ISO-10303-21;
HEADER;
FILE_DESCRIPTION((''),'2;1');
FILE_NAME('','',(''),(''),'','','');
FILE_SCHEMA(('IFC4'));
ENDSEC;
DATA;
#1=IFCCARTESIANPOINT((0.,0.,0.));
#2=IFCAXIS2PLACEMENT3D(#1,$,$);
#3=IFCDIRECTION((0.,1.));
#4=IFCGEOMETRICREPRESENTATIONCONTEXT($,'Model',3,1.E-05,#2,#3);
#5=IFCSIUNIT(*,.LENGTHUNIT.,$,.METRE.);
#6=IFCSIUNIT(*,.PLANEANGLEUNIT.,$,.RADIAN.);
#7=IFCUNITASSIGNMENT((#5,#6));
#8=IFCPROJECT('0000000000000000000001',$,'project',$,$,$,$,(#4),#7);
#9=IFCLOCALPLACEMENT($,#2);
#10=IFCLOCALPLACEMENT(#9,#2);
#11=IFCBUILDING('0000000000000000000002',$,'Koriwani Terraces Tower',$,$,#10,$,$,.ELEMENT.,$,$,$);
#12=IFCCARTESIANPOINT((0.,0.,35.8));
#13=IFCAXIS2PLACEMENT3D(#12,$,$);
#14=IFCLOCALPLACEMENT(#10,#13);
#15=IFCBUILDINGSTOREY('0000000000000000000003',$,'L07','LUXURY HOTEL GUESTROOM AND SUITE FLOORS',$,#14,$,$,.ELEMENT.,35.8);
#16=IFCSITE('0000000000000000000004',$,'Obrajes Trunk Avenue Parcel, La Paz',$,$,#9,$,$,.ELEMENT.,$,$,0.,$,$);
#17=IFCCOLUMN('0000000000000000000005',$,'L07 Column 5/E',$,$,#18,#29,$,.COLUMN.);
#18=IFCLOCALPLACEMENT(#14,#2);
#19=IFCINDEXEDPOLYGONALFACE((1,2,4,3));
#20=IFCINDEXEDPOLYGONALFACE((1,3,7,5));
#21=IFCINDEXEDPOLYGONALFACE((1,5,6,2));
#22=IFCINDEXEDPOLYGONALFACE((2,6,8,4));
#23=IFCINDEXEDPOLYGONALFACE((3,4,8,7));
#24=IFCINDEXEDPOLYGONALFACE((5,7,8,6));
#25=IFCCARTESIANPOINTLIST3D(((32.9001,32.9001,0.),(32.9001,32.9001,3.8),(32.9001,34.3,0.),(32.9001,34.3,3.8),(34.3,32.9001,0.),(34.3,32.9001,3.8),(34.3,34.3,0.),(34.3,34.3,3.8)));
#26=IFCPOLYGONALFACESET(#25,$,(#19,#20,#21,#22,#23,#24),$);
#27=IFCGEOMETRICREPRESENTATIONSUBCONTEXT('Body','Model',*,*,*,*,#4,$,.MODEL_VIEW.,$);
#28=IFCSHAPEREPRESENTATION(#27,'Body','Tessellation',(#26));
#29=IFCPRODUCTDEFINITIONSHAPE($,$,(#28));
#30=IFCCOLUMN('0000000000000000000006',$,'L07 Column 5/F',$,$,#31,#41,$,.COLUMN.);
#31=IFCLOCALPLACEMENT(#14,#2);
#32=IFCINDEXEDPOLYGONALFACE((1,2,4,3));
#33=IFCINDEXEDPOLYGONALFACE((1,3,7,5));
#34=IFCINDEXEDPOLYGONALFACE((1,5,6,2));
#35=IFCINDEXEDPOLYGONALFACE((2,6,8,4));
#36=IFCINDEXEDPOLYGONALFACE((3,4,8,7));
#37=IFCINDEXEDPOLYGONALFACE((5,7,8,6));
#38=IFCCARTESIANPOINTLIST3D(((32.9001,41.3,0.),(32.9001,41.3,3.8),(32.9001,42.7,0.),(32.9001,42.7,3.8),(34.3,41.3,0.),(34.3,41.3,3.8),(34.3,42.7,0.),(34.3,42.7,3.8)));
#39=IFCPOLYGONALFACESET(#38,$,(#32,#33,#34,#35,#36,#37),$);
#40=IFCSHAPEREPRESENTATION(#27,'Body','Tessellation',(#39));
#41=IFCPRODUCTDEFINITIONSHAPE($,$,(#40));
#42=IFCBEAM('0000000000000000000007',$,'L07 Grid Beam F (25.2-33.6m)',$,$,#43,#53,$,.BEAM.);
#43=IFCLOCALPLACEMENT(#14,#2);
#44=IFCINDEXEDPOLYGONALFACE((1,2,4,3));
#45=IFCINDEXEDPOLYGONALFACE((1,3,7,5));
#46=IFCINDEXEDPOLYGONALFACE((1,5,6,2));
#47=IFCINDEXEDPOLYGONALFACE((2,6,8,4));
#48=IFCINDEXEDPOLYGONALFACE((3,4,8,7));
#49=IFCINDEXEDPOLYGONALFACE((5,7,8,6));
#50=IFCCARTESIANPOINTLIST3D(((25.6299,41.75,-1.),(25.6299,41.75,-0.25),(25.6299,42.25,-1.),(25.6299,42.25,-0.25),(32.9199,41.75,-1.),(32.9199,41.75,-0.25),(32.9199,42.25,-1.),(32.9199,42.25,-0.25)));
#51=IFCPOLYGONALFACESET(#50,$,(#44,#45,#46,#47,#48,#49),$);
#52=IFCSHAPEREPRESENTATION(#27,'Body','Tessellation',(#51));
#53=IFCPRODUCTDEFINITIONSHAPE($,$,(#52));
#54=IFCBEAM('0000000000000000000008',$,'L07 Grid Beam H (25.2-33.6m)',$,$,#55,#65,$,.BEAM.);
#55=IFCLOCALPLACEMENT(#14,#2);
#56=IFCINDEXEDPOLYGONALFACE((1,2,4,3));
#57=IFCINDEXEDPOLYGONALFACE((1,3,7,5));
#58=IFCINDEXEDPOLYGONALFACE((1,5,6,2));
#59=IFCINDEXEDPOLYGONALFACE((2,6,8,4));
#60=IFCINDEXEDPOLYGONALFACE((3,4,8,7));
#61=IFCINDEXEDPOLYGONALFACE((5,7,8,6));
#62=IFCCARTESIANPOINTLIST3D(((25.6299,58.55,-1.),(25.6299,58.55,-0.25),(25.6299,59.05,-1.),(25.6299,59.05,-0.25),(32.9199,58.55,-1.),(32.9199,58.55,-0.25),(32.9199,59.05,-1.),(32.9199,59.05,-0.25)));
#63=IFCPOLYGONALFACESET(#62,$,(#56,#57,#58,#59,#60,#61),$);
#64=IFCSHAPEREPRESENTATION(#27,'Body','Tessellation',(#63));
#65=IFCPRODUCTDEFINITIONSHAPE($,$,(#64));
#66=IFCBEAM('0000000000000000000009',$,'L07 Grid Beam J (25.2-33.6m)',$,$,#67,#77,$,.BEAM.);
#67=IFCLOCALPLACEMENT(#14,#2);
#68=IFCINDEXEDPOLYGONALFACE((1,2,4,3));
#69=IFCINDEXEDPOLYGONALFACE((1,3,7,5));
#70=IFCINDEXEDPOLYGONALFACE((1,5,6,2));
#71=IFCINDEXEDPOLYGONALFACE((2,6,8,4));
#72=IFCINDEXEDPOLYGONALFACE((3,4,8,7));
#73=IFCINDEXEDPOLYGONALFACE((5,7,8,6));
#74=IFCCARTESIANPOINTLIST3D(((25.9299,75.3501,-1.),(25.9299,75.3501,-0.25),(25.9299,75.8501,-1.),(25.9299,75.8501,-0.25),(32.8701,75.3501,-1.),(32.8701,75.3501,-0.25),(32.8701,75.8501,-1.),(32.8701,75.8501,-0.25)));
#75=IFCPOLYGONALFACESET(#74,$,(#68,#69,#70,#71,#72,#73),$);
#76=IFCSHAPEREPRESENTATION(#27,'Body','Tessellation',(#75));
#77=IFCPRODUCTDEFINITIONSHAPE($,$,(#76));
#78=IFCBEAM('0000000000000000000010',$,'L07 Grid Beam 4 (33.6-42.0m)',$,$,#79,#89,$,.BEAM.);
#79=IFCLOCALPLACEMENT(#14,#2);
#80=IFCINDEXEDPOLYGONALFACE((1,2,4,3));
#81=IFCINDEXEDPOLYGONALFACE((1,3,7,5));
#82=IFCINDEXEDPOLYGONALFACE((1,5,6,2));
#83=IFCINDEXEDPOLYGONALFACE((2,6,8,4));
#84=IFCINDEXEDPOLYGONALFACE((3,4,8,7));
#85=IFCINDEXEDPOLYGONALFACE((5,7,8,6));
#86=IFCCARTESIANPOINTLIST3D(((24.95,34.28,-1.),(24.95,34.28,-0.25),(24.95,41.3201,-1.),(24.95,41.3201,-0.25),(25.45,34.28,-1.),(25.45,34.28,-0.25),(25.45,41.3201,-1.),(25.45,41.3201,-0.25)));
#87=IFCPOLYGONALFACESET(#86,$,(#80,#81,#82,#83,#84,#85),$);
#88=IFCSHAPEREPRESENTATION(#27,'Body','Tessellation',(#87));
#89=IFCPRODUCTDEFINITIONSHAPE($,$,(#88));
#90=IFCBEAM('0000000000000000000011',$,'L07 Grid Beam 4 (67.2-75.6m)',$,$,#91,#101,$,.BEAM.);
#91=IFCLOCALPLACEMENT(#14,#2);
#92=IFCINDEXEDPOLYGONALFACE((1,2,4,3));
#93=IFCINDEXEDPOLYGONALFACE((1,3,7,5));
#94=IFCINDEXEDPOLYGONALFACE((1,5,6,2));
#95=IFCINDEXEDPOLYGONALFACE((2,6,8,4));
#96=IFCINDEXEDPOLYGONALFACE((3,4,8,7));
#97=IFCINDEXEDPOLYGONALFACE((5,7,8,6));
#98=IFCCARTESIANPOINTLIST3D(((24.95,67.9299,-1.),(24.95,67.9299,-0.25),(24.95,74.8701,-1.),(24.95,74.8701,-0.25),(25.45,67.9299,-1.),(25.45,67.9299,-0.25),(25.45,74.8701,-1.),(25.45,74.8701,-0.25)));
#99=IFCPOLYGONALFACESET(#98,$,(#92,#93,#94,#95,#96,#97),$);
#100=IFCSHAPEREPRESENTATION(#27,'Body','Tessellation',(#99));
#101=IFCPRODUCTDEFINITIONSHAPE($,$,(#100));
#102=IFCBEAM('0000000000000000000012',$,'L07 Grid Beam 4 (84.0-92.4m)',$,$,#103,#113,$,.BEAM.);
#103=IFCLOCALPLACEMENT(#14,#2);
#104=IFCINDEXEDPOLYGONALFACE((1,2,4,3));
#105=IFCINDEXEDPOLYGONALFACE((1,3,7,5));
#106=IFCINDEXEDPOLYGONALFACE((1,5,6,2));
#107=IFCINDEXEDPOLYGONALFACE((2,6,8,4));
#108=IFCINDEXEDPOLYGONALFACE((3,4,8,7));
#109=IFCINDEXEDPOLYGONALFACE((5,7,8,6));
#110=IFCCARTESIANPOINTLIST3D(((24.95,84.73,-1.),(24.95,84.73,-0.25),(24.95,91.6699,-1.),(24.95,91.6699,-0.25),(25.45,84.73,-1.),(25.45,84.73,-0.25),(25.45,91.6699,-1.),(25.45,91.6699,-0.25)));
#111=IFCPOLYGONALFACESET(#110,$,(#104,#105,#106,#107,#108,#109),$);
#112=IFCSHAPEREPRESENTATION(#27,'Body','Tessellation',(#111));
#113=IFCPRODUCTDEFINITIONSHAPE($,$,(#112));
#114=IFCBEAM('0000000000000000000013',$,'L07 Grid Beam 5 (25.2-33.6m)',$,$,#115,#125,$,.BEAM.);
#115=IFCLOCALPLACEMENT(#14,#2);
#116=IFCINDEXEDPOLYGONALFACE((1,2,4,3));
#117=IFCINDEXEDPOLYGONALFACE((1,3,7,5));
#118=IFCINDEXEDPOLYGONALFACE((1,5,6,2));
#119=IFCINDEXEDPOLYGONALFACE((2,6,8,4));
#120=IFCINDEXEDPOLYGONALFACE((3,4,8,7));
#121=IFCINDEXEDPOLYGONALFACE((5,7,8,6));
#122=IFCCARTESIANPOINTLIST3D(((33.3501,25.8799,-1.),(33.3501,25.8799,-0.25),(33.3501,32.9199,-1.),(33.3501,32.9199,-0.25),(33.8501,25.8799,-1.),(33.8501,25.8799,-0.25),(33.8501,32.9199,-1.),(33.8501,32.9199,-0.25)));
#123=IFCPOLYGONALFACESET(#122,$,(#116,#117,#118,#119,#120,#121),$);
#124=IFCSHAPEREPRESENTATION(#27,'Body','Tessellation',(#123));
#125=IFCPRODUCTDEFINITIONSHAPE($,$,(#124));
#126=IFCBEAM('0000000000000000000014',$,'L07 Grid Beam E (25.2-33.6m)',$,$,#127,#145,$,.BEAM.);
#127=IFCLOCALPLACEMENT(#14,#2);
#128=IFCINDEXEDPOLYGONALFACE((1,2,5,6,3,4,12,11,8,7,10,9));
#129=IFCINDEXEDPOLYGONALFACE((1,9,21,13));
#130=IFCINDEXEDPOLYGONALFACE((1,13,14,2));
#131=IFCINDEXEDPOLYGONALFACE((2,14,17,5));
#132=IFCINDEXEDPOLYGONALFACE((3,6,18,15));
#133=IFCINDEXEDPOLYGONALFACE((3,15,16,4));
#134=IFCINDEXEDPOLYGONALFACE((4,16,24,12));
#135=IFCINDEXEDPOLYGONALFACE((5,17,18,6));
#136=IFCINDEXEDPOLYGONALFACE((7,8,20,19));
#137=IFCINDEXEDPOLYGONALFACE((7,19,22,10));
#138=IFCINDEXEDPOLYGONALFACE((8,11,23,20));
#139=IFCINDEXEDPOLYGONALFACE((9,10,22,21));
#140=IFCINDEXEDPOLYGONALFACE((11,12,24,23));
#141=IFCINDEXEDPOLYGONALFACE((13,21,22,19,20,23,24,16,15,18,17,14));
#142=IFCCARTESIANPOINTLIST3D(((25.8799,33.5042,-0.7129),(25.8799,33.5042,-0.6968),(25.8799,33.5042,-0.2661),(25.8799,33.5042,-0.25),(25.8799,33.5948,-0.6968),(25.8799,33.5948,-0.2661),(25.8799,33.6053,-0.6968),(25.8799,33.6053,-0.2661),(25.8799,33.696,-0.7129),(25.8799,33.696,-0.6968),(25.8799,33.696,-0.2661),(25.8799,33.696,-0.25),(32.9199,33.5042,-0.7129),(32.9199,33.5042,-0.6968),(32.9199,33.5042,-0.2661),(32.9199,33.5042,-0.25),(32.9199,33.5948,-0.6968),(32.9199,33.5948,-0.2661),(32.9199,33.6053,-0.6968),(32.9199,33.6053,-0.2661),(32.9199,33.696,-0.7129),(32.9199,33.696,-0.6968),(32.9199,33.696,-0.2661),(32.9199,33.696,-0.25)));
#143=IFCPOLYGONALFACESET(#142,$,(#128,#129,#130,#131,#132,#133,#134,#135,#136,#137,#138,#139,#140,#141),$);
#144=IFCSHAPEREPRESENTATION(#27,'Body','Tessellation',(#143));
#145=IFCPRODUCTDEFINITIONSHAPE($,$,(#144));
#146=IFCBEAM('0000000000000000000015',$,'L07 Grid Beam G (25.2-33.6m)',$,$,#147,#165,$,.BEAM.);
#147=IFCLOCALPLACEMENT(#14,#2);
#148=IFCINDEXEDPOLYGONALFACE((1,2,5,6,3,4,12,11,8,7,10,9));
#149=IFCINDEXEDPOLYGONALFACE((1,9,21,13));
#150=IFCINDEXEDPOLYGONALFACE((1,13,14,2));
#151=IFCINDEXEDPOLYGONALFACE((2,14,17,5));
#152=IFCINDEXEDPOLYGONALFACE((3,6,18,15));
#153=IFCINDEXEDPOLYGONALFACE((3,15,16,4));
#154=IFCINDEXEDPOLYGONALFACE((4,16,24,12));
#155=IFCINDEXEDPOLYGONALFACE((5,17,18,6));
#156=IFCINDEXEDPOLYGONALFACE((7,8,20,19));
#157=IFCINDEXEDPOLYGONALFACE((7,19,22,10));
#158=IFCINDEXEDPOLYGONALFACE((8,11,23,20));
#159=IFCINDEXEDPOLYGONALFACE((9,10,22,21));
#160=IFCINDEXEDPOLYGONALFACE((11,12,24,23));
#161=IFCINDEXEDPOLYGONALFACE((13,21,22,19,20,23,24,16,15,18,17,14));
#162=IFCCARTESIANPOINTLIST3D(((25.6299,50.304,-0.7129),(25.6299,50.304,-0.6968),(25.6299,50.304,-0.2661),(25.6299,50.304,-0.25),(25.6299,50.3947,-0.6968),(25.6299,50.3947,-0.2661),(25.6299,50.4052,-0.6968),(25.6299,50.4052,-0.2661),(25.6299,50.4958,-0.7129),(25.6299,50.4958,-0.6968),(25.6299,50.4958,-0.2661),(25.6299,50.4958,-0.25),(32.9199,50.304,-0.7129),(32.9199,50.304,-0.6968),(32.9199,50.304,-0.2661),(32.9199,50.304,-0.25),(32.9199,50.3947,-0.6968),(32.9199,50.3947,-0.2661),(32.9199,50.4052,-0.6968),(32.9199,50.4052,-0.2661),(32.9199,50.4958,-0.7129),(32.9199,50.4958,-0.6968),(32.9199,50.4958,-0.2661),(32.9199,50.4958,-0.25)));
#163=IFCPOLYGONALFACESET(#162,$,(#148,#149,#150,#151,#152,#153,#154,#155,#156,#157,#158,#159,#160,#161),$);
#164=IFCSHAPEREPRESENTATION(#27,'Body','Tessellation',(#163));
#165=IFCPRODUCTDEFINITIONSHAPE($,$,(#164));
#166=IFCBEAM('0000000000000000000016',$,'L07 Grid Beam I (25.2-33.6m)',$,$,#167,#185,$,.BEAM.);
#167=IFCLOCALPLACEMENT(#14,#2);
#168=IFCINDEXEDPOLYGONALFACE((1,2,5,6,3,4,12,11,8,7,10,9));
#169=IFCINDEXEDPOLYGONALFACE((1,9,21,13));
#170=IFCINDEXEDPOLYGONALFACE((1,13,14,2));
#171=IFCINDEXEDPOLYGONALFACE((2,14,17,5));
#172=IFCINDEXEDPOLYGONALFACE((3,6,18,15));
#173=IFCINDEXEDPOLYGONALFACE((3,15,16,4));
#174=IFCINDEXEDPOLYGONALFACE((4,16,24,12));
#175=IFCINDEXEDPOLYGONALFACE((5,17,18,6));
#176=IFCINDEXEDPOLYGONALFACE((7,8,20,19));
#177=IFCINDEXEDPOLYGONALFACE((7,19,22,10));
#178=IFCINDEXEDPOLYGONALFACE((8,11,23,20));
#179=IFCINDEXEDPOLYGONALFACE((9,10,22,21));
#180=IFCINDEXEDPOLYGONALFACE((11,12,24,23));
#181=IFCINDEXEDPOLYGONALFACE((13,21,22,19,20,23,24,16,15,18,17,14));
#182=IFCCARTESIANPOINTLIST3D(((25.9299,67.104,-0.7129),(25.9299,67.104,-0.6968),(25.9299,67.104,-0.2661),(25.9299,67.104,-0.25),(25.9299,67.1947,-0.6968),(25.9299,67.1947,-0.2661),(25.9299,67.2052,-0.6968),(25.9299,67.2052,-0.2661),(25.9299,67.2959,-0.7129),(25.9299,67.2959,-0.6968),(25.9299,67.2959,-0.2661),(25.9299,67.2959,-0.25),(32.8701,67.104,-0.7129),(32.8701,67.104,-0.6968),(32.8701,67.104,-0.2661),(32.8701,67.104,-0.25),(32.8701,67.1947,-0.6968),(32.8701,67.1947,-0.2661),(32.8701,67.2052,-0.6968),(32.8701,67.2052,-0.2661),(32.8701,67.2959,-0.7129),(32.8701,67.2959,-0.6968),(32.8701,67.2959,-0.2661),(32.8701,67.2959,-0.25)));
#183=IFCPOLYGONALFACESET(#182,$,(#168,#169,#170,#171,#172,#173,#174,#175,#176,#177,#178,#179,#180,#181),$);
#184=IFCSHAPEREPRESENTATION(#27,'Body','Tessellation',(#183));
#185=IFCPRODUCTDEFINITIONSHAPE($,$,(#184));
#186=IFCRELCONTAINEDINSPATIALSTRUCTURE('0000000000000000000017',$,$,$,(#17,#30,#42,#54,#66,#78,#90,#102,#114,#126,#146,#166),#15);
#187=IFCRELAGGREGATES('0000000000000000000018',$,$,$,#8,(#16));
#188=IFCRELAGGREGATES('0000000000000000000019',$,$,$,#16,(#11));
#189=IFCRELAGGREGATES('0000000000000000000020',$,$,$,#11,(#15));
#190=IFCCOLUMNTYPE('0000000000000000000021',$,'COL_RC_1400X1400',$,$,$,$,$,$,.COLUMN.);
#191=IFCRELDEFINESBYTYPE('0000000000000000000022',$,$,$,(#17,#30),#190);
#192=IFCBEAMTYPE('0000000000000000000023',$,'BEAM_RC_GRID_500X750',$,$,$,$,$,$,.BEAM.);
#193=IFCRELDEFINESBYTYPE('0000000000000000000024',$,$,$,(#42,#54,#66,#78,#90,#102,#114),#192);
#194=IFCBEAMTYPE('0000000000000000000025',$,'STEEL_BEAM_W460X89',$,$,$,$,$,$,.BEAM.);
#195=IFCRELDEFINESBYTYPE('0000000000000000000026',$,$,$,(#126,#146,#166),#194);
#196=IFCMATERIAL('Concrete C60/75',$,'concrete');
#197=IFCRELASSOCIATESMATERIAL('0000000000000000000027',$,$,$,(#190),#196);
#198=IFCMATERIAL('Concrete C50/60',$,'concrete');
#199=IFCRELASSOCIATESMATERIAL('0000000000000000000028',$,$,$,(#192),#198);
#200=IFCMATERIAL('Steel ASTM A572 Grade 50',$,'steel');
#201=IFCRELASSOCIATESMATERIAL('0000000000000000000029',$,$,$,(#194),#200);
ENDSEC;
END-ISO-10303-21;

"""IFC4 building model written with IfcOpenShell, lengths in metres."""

from ifc_helpers import new_model, si_unit, direction, frame, origin, origin_2d, place, context, subcontext, project, spatial, rectangle, i_section, extrude, material, material_profile, profile_set, type_object, element, save


model = new_model("IFC4")

# Units and contexts
model_context = context("Model", 3, precision=1e-05, world=origin(), true_north=direction((0.0, 1.0)))
body_context = subcontext(model_context, "Body", "Model", "MODEL_VIEW")
ifc_project = project(units=[si_unit("LENGTHUNIT", "METRE"), si_unit("PLANEANGLEUNIT", "RADIAN")], contexts=[model_context])

# Site, building, storey
site_placement = place(None, origin())
site = spatial("IfcSite", under=ifc_project, at=site_placement, Name="Obrajes Trunk Avenue Parcel, La Paz", CompositionType="ELEMENT", RefElevation=0.0)
building_placement = place(site_placement, origin())
building = spatial("IfcBuilding", under=site, at=building_placement, Name="Koriwani Terraces Tower", CompositionType="ELEMENT")
storey_placement = place(building_placement, frame((0.0, 0.0, 35.8)))
storey = spatial("IfcBuildingStorey", under=building, at=storey_placement, Name="L07", Description="LUXURY HOTEL GUESTROOM AND SUITE FLOORS", CompositionType="ELEMENT", Elevation=35.8)

# Columns
ifc_material_1 = material(Name="Concrete C60/75", Category="concrete")
ifc_material_profile_1 = material_profile(ifc_material_1, rectangle(XDim=1.3999, YDim=1.3999, at=origin_2d()), Name="Concrete C60/75", Category="LoadBearing")
ifc_profile_set_1 = profile_set([ifc_material_profile_1], Name="Concrete C60/75")
column_type = type_object("IfcColumnType", Name="COL_RC_1400X1400", PredefinedType="COLUMN", material=ifc_profile_set_1)
for number, where, z_axis, x_axis, name in (
    (1, (33.6001, 33.6001, 0.0), (0.0, 0.0, 1.0), (1.0, 0.0, 0.0), "L07 Column 5/E"),
    (2, (33.6001, 42.0, 0.0), (0.0, 0.0, 1.0), (1.0, 0.0, 0.0), "L07 Column 5/F"),
):
    element("IfcColumn", number, at=place(storey_placement, frame(where, z_axis=z_axis, x_axis=x_axis)), inside=storey, type_object=column_type, Name=name, PredefinedType="COLUMN", context=body_context, shape_type="SweptSolid", body=[
        extrude(rectangle(XDim=1.3999, YDim=1.3999, at=origin_2d()), origin(), (0.0, 0.0, 1.0), 3.8),
    ])

# Beams
ifc_material_2 = material(Name="Concrete C50/60", Category="concrete")
ifc_material_profile_2 = material_profile(ifc_material_2, rectangle(XDim=0.5, YDim=0.75, at=origin_2d()), Name="Concrete C50/60", Category="LoadBearing")
ifc_profile_set_2 = profile_set([ifc_material_profile_2], Name="Concrete C50/60")
beam_type_1 = type_object("IfcBeamType", Name="BEAM_RC_GRID_500X750", PredefinedType="BEAM", material=ifc_profile_set_2)
for number, where, z_axis, x_axis, name in (
    (3, (25.6299, 42.0, -0.625), (1.0, 0.0, 0.0), (0.0, 1.0, 0.0), "L07 Grid Beam F (25.2-33.6m)"),
    (4, (25.6299, 58.8, -0.625), (1.0, 0.0, 0.0), (0.0, 1.0, 0.0), "L07 Grid Beam H (25.2-33.6m)"),
):
    element("IfcBeam", number, at=place(storey_placement, frame(where, z_axis=z_axis, x_axis=x_axis)), inside=storey, type_object=beam_type_1, Name=name, PredefinedType="BEAM", context=body_context, shape_type="SweptSolid", body=[
        extrude(rectangle(XDim=0.5, YDim=0.75, at=origin_2d()), origin(), (0.0, 0.0, 1.0), 7.29),
    ])
beam_1_placement = place(storey_placement, frame((25.9299, 75.6001, -0.625), z_axis=(1.0, 0.0, 0.0), x_axis=(0.0, 1.0, 0.0)))
element("IfcBeam", 5, at=beam_1_placement, inside=storey, type_object=beam_type_1, Name="L07 Grid Beam J (25.2-33.6m)", PredefinedType="BEAM", context=body_context, shape_type="SweptSolid", body=[
    extrude(rectangle(XDim=0.5, YDim=0.75, at=origin_2d()), origin(), (0.0, 0.0, 1.0), 6.9402),
])
beam_2_placement = place(storey_placement, frame((25.2, 34.28, -0.625), z_axis=(0.0, 1.0, 0.0), x_axis=(-1.0, 0.0, 0.0)))
element("IfcBeam", 6, at=beam_2_placement, inside=storey, type_object=beam_type_1, Name="L07 Grid Beam 4 (33.6-42.0m)", PredefinedType="BEAM", context=body_context, shape_type="SweptSolid", body=[
    extrude(rectangle(XDim=0.5, YDim=0.75, at=origin_2d()), origin(), (0.0, 0.0, 1.0), 7.04),
])
beam_3_placement = place(storey_placement, frame((25.2, 67.9299, -0.625), z_axis=(0.0, 1.0, 0.0), x_axis=(-1.0, 0.0, 0.0)))
element("IfcBeam", 7, at=beam_3_placement, inside=storey, type_object=beam_type_1, Name="L07 Grid Beam 4 (67.2-75.6m)", PredefinedType="BEAM", context=body_context, shape_type="SweptSolid", body=[
    extrude(rectangle(XDim=0.5, YDim=0.75, at=origin_2d()), origin(), (0.0, 0.0, 1.0), 6.9402),
])
beam_4_placement = place(storey_placement, frame((25.2, 84.73, -0.625), z_axis=(0.0, 1.0, 0.0), x_axis=(-1.0, 0.0, 0.0)))
element("IfcBeam", 8, at=beam_4_placement, inside=storey, type_object=beam_type_1, Name="L07 Grid Beam 4 (84.0-92.4m)", PredefinedType="BEAM", context=body_context, shape_type="SweptSolid", body=[
    extrude(rectangle(XDim=0.5, YDim=0.75, at=origin_2d()), origin(), (0.0, 0.0, 1.0), 6.9399),
])
beam_5_placement = place(storey_placement, frame((33.6001, 25.8799, -0.625), z_axis=(0.0, 1.0, 0.0), x_axis=(-1.0, 0.0, 0.0)))
element("IfcBeam", 9, at=beam_5_placement, inside=storey, type_object=beam_type_1, Name="L07 Grid Beam 5 (25.2-33.6m)", PredefinedType="BEAM", context=body_context, shape_type="SweptSolid", body=[
    extrude(rectangle(XDim=0.5, YDim=0.75, at=origin_2d()), origin(), (0.0, 0.0, 1.0), 7.04),
])
ifc_material_3 = material(Name="Steel ASTM A572 Grade 50", Category="steel")
ifc_material_profile_3 = material_profile(ifc_material_3, i_section(OverallWidth=0.1919, OverallDepth=0.4629, WebThickness=0.0105, FlangeThickness=0.0161, at=origin_2d()), Name="Steel ASTM A572 Grade 50", Category="LoadBearing")
ifc_profile_set_3 = profile_set([ifc_material_profile_3], Name="Steel ASTM A572 Grade 50")
beam_type_2 = type_object("IfcBeamType", Name="STEEL_BEAM_W460X89", PredefinedType="BEAM", material=ifc_profile_set_3)
beam_6_placement = place(storey_placement, frame((25.8799, 33.6001, -0.4814), z_axis=(1.0, 0.0, 0.0), x_axis=(0.0, 1.0, 0.0)))
element("IfcBeam", 10, at=beam_6_placement, inside=storey, type_object=beam_type_2, Name="L07 Grid Beam E (25.2-33.6m)", PredefinedType="BEAM", context=body_context, shape_type="SweptSolid", body=[
    extrude(i_section(OverallWidth=0.1919, OverallDepth=0.4629, WebThickness=0.0105, FlangeThickness=0.0161, at=origin_2d()), origin(), (0.0, 0.0, 1.0), 7.04),
])
beam_7_placement = place(storey_placement, frame((25.6299, 50.3999, -0.4814), z_axis=(1.0, 0.0, 0.0), x_axis=(0.0, 1.0, 0.0)))
element("IfcBeam", 11, at=beam_7_placement, inside=storey, type_object=beam_type_2, Name="L07 Grid Beam G (25.2-33.6m)", PredefinedType="BEAM", context=body_context, shape_type="SweptSolid", body=[
    extrude(i_section(OverallWidth=0.1919, OverallDepth=0.4629, WebThickness=0.0105, FlangeThickness=0.0161, at=origin_2d()), origin(), (0.0, 0.0, 1.0), 7.29),
])
for number, where, z_axis, x_axis, name in (
    (12, (25.9299, 67.2, -0.4814), (1.0, 0.0, 0.0), (0.0, 1.0, 0.0), "L07 Grid Beam I (25.2-33.6m)"),
):
    element("IfcBeam", number, at=place(storey_placement, frame(where, z_axis=z_axis, x_axis=x_axis)), inside=storey, type_object=beam_type_2, Name=name, PredefinedType="BEAM", context=body_context, shape_type="SweptSolid", body=[
        extrude(i_section(OverallWidth=0.1919, OverallDepth=0.4629, WebThickness=0.0105, FlangeThickness=0.0161, at=origin_2d()), origin(), (0.0, 0.0, 1.0), 6.9402),
    ])

save(model, "model.ifc")
